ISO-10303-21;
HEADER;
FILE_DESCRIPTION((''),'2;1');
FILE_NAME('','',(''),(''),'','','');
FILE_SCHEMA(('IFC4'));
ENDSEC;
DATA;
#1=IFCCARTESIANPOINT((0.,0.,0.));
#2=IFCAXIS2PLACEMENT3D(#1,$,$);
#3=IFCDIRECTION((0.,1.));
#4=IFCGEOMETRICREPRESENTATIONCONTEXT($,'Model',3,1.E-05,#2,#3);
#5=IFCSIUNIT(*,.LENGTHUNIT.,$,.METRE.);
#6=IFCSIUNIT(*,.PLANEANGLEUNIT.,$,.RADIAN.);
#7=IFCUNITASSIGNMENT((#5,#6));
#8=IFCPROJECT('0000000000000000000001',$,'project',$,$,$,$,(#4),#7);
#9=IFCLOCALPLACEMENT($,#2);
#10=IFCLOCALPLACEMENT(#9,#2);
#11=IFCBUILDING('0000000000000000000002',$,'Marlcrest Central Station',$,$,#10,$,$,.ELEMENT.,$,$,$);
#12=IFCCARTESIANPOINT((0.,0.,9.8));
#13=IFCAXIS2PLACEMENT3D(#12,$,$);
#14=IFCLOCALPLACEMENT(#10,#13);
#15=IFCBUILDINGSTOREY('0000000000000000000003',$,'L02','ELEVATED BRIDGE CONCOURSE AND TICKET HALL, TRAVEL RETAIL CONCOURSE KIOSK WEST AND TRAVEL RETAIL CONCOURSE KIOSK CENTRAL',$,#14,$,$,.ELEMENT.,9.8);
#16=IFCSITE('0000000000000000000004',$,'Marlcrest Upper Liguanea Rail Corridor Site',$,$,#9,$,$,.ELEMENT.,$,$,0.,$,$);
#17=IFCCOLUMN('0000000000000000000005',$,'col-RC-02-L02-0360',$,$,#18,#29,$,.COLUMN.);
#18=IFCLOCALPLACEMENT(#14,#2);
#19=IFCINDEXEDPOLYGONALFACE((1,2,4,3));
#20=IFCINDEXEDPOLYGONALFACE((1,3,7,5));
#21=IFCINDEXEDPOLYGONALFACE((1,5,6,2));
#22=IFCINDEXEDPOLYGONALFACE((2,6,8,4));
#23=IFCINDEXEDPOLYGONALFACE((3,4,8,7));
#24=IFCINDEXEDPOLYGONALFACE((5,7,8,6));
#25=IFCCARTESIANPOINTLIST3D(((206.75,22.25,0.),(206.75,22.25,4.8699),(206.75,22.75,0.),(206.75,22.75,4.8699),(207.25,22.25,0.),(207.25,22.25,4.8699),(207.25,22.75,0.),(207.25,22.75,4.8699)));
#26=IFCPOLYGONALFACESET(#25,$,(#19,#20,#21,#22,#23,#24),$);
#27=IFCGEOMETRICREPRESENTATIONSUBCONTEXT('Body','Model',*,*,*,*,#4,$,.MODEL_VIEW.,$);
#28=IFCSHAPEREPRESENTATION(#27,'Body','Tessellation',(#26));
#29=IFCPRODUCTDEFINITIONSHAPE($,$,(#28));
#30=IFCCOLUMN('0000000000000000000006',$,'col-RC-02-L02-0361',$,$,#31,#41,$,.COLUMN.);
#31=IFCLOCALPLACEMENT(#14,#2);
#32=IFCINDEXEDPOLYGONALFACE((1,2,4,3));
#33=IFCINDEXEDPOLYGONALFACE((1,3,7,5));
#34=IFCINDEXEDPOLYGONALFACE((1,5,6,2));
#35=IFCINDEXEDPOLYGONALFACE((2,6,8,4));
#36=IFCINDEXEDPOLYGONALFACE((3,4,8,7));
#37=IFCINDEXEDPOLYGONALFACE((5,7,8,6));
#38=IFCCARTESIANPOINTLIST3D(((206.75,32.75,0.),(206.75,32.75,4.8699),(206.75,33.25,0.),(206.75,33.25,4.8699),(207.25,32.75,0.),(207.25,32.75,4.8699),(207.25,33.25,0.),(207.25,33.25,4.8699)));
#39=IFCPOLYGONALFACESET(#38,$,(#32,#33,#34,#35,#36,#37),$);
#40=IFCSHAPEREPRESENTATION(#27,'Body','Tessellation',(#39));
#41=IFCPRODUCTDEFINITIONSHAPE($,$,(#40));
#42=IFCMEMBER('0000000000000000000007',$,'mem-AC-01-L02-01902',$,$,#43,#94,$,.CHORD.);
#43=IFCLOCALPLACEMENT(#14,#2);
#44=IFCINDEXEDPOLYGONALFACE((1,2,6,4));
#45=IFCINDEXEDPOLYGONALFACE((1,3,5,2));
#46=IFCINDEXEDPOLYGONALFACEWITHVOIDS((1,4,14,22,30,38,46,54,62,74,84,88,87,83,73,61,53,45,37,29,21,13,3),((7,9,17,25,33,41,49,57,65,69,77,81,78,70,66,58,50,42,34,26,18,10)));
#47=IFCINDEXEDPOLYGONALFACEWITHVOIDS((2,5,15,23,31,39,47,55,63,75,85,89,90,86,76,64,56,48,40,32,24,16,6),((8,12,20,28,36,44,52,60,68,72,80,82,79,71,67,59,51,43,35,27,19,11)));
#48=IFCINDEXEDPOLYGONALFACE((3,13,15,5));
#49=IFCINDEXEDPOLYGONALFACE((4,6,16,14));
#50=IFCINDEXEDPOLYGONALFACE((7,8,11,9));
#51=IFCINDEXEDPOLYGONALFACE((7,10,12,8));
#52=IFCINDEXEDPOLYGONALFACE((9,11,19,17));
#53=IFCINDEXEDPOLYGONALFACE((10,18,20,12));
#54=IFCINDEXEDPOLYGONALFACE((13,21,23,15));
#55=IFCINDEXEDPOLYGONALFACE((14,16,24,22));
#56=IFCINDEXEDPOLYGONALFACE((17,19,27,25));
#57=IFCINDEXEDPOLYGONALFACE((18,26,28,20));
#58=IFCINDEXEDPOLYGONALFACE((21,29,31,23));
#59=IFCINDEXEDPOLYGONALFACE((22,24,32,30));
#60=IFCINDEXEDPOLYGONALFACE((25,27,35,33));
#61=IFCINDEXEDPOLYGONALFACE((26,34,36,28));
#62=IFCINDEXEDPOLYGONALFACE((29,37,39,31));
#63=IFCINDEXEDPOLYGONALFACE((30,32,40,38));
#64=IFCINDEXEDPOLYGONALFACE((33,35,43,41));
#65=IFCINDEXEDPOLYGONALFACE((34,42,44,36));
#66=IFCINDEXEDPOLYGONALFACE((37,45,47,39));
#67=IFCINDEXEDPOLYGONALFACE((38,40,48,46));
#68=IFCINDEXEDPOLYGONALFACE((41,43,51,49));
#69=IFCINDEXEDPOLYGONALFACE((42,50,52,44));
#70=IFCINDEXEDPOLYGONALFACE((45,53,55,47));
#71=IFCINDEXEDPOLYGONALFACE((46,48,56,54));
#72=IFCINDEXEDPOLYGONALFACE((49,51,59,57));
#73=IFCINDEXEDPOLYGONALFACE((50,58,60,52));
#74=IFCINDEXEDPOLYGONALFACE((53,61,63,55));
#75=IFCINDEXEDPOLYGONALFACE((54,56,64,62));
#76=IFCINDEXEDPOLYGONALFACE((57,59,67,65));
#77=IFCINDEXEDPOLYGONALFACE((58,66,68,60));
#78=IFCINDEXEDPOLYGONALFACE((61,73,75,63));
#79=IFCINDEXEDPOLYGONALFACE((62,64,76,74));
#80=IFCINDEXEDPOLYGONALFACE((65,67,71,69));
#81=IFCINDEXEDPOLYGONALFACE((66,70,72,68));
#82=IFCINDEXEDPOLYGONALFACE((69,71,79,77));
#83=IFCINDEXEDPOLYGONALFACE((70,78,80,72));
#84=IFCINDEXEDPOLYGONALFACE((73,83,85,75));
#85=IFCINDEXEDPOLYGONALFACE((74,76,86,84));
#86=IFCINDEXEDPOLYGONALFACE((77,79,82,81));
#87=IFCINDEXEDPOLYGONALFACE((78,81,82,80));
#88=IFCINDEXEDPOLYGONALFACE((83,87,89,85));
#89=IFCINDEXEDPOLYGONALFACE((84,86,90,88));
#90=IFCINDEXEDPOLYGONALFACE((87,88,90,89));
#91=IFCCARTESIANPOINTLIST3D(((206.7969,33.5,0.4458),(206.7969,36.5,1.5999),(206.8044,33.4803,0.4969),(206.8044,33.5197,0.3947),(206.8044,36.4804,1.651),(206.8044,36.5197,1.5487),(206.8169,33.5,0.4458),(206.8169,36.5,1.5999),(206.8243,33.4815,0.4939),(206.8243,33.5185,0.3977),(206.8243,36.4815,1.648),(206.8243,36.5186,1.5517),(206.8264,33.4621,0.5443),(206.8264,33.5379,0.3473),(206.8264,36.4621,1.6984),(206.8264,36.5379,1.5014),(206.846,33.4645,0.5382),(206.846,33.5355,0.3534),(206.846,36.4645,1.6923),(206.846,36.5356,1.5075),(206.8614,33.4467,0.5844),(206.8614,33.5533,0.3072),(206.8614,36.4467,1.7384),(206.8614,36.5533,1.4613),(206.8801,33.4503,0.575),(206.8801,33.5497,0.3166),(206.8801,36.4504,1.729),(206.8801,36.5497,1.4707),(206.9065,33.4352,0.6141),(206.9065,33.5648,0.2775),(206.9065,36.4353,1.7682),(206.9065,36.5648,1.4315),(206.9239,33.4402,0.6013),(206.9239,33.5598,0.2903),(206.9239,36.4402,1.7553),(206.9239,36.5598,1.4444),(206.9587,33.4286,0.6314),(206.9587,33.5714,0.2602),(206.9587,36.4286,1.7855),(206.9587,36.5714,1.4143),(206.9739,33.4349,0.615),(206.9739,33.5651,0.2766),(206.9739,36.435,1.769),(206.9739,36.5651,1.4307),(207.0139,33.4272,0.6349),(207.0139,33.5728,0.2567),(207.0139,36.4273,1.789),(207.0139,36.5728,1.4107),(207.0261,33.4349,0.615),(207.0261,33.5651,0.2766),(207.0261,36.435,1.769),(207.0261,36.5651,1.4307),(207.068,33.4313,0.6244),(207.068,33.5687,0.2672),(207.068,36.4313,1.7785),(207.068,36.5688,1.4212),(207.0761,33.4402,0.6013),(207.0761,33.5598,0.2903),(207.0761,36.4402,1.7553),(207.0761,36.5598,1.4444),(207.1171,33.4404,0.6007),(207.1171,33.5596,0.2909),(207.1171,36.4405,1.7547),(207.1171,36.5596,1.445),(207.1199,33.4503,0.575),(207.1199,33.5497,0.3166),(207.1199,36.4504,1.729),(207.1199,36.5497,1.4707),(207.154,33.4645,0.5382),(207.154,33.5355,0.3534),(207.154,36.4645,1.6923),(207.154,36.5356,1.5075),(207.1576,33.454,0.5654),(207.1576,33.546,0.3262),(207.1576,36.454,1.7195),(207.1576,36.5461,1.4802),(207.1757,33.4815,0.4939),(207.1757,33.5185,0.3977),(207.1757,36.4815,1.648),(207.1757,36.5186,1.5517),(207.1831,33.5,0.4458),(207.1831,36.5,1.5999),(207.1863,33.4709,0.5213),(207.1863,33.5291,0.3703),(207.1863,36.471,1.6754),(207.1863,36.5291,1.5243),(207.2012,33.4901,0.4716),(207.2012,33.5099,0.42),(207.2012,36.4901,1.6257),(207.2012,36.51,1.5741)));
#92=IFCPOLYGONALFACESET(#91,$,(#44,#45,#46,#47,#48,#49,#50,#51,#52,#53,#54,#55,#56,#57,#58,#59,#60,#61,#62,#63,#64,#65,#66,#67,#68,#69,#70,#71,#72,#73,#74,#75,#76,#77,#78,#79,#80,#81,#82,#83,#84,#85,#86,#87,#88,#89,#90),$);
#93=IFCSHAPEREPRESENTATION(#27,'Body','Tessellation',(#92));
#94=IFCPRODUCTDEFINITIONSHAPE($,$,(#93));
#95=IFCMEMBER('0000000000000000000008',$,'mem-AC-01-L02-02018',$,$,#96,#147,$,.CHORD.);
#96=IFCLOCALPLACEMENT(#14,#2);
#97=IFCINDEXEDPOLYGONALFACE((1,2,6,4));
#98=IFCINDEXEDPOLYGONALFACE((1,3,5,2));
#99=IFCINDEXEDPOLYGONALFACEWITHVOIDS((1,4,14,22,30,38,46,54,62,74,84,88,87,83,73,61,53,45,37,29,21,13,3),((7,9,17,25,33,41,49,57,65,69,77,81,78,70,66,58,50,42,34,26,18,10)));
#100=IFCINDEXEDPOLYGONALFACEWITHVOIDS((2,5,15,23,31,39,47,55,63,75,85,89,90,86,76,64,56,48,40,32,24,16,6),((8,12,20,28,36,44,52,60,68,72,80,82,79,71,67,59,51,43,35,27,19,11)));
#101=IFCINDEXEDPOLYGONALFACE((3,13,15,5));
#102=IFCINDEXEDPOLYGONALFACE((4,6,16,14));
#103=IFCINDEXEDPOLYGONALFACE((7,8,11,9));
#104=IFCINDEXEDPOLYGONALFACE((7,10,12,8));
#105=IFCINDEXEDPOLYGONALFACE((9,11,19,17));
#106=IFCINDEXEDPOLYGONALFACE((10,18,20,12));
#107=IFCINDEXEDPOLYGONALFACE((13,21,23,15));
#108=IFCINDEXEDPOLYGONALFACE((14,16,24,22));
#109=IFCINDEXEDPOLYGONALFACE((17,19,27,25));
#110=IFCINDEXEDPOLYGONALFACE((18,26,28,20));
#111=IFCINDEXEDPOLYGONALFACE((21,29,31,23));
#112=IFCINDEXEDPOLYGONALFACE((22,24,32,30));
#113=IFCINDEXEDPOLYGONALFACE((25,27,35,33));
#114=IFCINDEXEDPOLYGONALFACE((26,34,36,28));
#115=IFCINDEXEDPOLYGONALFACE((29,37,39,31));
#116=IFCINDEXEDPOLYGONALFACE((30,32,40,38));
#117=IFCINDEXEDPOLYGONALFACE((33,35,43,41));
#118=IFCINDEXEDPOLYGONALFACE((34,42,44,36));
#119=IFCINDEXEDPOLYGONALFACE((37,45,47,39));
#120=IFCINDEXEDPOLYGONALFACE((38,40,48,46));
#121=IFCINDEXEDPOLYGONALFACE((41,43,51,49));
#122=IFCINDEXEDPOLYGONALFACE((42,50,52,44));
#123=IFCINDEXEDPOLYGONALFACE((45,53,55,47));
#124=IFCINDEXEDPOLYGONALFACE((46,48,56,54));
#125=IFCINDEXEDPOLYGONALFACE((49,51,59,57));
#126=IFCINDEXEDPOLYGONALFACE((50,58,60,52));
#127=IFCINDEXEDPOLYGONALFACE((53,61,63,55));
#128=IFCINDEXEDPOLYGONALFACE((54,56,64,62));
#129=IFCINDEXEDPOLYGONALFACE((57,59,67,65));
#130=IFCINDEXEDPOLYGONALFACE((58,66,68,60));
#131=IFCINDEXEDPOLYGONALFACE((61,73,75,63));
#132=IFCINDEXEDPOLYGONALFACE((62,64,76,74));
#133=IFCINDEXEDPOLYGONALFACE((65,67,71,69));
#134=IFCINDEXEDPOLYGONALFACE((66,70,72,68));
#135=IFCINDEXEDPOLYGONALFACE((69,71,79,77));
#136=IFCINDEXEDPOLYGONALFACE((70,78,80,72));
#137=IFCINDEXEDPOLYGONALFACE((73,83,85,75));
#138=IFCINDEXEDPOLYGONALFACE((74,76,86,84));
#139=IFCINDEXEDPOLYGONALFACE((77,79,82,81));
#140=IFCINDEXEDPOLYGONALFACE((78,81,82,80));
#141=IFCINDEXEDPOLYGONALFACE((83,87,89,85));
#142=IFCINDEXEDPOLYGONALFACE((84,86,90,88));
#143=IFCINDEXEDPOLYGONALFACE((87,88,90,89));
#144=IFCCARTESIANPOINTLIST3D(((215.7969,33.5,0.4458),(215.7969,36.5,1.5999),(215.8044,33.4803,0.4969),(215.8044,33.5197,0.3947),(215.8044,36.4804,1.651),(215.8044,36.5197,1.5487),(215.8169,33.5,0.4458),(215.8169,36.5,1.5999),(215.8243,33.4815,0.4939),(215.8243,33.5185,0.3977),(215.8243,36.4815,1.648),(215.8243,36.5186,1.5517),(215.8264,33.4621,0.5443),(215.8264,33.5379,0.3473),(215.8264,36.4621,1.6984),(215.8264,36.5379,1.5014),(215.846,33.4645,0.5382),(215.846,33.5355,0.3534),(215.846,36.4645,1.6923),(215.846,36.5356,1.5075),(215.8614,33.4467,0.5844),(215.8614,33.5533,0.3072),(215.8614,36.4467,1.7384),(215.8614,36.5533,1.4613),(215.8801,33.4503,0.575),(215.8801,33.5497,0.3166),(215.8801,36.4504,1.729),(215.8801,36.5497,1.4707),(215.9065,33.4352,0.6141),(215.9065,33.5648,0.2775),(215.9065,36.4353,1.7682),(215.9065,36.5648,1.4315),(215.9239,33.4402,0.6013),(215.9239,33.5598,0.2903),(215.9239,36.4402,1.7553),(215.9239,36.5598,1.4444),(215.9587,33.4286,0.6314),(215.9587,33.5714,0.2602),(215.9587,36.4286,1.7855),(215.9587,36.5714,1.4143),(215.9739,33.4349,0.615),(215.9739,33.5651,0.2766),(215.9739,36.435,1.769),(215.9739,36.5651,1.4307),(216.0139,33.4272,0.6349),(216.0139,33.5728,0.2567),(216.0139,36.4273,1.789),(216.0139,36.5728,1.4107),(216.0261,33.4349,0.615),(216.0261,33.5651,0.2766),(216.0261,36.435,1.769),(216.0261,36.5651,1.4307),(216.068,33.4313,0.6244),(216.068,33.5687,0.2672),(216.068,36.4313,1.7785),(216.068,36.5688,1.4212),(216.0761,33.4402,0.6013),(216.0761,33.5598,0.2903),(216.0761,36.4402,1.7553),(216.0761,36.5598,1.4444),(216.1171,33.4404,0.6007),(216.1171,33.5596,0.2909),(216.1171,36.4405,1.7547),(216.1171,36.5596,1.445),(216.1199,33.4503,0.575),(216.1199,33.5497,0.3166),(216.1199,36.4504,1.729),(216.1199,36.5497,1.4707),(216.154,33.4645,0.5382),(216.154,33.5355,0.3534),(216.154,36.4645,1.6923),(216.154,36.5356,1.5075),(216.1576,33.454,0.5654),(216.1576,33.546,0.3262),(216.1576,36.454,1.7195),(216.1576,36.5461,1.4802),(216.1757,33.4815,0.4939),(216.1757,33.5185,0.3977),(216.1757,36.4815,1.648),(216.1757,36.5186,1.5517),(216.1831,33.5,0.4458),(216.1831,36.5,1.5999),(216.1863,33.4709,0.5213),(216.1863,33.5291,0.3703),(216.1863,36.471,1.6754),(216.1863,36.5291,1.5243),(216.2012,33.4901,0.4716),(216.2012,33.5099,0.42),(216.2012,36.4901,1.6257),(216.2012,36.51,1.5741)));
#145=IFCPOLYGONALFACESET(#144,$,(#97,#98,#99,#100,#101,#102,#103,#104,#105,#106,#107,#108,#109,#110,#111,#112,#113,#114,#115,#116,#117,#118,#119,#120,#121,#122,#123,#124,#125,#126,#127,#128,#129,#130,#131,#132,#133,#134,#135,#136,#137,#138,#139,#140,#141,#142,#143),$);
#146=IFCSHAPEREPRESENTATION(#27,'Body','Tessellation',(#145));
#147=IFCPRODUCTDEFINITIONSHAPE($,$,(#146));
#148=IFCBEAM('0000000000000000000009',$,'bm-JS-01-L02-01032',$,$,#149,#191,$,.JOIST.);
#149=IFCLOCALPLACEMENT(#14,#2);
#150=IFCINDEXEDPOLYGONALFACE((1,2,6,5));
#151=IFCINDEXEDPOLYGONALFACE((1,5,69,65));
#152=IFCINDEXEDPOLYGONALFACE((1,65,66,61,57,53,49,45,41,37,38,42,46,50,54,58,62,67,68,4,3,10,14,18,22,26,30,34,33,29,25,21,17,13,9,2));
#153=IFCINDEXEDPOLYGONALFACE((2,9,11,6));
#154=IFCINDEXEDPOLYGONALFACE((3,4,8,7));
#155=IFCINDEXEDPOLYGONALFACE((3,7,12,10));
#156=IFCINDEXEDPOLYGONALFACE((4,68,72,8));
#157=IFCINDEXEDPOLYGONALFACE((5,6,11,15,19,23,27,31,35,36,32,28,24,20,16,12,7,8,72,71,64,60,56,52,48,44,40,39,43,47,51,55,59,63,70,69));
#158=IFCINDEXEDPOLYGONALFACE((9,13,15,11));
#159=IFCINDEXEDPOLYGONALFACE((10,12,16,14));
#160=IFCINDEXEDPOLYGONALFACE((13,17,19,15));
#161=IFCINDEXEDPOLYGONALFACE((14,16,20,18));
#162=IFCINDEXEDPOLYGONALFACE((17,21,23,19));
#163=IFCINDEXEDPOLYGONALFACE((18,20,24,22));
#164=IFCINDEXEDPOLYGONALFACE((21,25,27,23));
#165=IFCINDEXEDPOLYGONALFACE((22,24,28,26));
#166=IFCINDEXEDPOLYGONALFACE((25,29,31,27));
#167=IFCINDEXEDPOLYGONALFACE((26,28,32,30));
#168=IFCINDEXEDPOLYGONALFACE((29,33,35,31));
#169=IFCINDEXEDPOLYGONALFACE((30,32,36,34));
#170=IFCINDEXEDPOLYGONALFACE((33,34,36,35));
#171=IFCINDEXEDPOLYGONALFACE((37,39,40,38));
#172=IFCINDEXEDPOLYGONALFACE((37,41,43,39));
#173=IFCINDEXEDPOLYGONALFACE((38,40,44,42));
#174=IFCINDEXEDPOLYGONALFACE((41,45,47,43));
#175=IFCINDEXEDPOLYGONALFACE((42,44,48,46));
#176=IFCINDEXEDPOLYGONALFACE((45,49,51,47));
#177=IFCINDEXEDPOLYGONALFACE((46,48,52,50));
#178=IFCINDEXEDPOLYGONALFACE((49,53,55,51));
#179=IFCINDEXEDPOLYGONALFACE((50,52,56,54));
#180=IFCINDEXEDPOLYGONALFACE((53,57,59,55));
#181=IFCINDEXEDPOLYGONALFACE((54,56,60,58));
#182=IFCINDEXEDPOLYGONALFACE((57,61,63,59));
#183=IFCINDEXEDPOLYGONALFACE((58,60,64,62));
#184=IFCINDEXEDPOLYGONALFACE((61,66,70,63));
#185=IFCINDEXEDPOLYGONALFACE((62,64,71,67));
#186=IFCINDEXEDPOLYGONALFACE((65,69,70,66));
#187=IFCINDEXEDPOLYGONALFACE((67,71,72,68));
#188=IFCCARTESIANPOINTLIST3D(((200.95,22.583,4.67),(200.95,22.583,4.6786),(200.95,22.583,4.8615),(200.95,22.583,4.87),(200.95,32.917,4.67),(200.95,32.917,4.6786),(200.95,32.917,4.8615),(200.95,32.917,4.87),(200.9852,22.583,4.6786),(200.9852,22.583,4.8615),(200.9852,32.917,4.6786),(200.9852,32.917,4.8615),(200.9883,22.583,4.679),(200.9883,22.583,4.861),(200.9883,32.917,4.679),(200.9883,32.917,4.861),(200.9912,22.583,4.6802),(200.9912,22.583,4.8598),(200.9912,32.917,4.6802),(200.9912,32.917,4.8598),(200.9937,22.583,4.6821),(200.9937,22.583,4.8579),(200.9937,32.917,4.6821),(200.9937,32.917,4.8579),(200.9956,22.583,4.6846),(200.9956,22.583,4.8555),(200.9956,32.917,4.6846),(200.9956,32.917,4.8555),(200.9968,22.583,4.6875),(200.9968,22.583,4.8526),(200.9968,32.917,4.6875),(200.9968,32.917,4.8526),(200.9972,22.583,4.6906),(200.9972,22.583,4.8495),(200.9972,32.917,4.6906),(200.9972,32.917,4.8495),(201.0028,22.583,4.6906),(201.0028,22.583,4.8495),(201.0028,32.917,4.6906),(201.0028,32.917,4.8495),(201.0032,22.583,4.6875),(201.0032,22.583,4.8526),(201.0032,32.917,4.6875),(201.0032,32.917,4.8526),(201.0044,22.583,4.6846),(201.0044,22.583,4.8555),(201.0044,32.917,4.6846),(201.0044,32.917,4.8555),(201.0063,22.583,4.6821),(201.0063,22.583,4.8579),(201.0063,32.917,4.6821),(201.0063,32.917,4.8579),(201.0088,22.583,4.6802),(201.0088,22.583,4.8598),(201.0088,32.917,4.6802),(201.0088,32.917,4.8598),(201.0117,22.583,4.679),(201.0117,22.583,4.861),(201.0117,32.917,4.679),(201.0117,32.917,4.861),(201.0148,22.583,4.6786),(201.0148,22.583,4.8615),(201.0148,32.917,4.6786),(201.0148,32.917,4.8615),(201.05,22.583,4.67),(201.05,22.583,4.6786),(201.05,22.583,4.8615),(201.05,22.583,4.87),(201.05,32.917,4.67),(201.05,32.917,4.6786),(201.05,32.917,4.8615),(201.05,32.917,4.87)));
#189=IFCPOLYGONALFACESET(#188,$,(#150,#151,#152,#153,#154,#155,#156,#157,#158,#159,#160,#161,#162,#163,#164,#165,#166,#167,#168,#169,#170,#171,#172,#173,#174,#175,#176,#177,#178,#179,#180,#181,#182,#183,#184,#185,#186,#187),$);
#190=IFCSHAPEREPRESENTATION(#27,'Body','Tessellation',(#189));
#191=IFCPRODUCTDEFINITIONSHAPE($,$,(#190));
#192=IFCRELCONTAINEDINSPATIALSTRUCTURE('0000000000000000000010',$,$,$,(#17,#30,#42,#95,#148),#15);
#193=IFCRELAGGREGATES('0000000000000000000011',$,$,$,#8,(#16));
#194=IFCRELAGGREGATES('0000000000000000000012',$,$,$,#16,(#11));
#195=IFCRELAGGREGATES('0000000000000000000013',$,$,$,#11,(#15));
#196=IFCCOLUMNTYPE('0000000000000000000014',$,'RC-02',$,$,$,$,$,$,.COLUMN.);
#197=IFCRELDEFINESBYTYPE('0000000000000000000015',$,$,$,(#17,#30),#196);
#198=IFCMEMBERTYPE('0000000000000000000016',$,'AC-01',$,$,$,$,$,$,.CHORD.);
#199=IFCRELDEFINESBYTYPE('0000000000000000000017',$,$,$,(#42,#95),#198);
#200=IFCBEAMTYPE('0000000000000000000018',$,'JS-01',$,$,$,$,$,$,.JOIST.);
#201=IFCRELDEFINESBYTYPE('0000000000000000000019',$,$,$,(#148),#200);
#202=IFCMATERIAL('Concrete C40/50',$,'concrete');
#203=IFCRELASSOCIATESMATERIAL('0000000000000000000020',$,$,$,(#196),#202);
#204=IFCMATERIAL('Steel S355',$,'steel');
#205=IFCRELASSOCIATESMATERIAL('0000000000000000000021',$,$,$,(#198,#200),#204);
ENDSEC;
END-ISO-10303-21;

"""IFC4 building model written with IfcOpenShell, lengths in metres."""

from ifc_helpers import new_model, si_unit, direction, frame, origin, origin_2d, place, context, subcontext, project, spatial, rectangle, hollow_circle, i_section, extrude, material, material_profile, profile_set, type_object, element, save


model = new_model("IFC4")

# Units and contexts
model_context = context("Model", 3, precision=1e-05, world=origin(), true_north=direction((0.0, 1.0)))
body_context = subcontext(model_context, "Body", "Model", "MODEL_VIEW")
ifc_project = project(units=[si_unit("LENGTHUNIT", "METRE"), si_unit("PLANEANGLEUNIT", "RADIAN")], contexts=[model_context])

# Site, building, storey
site_placement = place(None, origin())
site = spatial("IfcSite", under=ifc_project, at=site_placement, Name="Marlcrest Upper Liguanea Rail Corridor Site", CompositionType="ELEMENT", RefElevation=0.0)
building_placement = place(site_placement, origin())
building = spatial("IfcBuilding", under=site, at=building_placement, Name="Marlcrest Central Station", CompositionType="ELEMENT")
storey_placement = place(building_placement, frame((0.0, 0.0, 9.8)))
storey = spatial("IfcBuildingStorey", under=building, at=storey_placement, Name="L02", Description="ELEVATED BRIDGE CONCOURSE AND TICKET HALL, TRAVEL RETAIL CONCOURSE KIOSK WEST AND TRAVEL RETAIL CONCOURSE KIOSK CENTRAL", CompositionType="ELEMENT", Elevation=9.8)

# Columns
ifc_material_1 = material(Name="Concrete C40/50", Category="concrete")
ifc_material_profile_1 = material_profile(ifc_material_1, rectangle(XDim=0.5, YDim=0.5, at=origin_2d()), Name="RC 500x500")
ifc_profile_set_1 = profile_set([ifc_material_profile_1], Name="Concrete C40/50")
column_type = type_object("IfcColumnType", Name="RC-02", PredefinedType="COLUMN", material=ifc_profile_set_1)
for number, where, z_axis, x_axis, name in (
    (1, (207.0, 22.5, 0.0), (0.0, 0.0, 1.0), (1.0, 0.0, 0.0), "col-RC-02-L02-0360"),
    (2, (207.0, 33.0, 0.0), (0.0, 0.0, 1.0), (1.0, 0.0, 0.0), "col-RC-02-L02-0361"),
):
    element("IfcColumn", number, at=place(storey_placement, frame(where, z_axis=z_axis, x_axis=x_axis)), inside=storey, type_object=column_type, Name=name, PredefinedType="COLUMN", context=body_context, shape_type="SweptSolid", body=[
        extrude(rectangle(XDim=0.5, YDim=0.5, at=origin_2d()), origin(), (0.0, 0.0, 1.0), 4.8699),
    ])

# Members
ifc_material_2 = material(Name="Steel S355", Category="steel")
ifc_material_profile_2 = material_profile(ifc_material_2, hollow_circle(Radius=0.2031, WallThickness=0.02, at=origin_2d()), Name="CHS 406.4x20")
ifc_profile_set_2 = profile_set([ifc_material_profile_2], Name="Steel S355")
member_type_1 = type_object("IfcMemberType", Name="AC-01", PredefinedType="CHORD", material=ifc_profile_set_2)
for number, where, z_axis, x_axis, name in (
    (3, (207.0, 33.5, 0.4458), (0.0, 0.933324, 0.359035), (-1.0, 0.0, 0.0), "mem-AC-01-L02-01902"),
    (4, (216.0, 33.5, 0.4458), (0.0, 0.933324, 0.359035), (-1.0, 0.0, 0.0), "mem-AC-01-L02-02018"),
):
    element("IfcMember", number, at=place(storey_placement, frame(where, z_axis=z_axis, x_axis=x_axis)), inside=storey, type_object=member_type_1, Name=name, PredefinedType="CHORD", context=body_context, shape_type="SweptSolid", body=[
        extrude(hollow_circle(Radius=0.2031, WallThickness=0.02, at=origin_2d()), origin(), (0.0, 0.0, 1.0), 3.2144),
    ])

# Beam
ifc_material_profile_3 = material_profile(ifc_material_2, i_section(OverallWidth=0.1001, OverallDepth=0.2, WebThickness=0.0056, FlangeThickness=0.0085, FilletRadius=0.012, at=origin_2d()), Name="IPE 200")
ifc_profile_set_3 = profile_set([ifc_material_profile_3], Name="Steel S355")
beam_type_1 = type_object("IfcBeamType", Name="JS-01", PredefinedType="JOIST", material=ifc_profile_set_3)
for number, where, z_axis, x_axis, name in (
    (5, (201.0, 22.583, 4.77), (0.0, 1.0, 0.0), (-1.0, 0.0, 0.0), "bm-JS-01-L02-01032"),
):
    element("IfcBeam", number, at=place(storey_placement, frame(where, z_axis=z_axis, x_axis=x_axis)), inside=storey, type_object=beam_type_1, Name=name, PredefinedType="JOIST", context=body_context, shape_type="SweptSolid", body=[
        extrude(i_section(OverallWidth=0.1001, OverallDepth=0.2, WebThickness=0.0056, FlangeThickness=0.0085, FilletRadius=0.012, at=origin_2d()), origin(), (0.0, 0.0, 1.0), 10.334),
    ])

save(model, "model.ifc")
